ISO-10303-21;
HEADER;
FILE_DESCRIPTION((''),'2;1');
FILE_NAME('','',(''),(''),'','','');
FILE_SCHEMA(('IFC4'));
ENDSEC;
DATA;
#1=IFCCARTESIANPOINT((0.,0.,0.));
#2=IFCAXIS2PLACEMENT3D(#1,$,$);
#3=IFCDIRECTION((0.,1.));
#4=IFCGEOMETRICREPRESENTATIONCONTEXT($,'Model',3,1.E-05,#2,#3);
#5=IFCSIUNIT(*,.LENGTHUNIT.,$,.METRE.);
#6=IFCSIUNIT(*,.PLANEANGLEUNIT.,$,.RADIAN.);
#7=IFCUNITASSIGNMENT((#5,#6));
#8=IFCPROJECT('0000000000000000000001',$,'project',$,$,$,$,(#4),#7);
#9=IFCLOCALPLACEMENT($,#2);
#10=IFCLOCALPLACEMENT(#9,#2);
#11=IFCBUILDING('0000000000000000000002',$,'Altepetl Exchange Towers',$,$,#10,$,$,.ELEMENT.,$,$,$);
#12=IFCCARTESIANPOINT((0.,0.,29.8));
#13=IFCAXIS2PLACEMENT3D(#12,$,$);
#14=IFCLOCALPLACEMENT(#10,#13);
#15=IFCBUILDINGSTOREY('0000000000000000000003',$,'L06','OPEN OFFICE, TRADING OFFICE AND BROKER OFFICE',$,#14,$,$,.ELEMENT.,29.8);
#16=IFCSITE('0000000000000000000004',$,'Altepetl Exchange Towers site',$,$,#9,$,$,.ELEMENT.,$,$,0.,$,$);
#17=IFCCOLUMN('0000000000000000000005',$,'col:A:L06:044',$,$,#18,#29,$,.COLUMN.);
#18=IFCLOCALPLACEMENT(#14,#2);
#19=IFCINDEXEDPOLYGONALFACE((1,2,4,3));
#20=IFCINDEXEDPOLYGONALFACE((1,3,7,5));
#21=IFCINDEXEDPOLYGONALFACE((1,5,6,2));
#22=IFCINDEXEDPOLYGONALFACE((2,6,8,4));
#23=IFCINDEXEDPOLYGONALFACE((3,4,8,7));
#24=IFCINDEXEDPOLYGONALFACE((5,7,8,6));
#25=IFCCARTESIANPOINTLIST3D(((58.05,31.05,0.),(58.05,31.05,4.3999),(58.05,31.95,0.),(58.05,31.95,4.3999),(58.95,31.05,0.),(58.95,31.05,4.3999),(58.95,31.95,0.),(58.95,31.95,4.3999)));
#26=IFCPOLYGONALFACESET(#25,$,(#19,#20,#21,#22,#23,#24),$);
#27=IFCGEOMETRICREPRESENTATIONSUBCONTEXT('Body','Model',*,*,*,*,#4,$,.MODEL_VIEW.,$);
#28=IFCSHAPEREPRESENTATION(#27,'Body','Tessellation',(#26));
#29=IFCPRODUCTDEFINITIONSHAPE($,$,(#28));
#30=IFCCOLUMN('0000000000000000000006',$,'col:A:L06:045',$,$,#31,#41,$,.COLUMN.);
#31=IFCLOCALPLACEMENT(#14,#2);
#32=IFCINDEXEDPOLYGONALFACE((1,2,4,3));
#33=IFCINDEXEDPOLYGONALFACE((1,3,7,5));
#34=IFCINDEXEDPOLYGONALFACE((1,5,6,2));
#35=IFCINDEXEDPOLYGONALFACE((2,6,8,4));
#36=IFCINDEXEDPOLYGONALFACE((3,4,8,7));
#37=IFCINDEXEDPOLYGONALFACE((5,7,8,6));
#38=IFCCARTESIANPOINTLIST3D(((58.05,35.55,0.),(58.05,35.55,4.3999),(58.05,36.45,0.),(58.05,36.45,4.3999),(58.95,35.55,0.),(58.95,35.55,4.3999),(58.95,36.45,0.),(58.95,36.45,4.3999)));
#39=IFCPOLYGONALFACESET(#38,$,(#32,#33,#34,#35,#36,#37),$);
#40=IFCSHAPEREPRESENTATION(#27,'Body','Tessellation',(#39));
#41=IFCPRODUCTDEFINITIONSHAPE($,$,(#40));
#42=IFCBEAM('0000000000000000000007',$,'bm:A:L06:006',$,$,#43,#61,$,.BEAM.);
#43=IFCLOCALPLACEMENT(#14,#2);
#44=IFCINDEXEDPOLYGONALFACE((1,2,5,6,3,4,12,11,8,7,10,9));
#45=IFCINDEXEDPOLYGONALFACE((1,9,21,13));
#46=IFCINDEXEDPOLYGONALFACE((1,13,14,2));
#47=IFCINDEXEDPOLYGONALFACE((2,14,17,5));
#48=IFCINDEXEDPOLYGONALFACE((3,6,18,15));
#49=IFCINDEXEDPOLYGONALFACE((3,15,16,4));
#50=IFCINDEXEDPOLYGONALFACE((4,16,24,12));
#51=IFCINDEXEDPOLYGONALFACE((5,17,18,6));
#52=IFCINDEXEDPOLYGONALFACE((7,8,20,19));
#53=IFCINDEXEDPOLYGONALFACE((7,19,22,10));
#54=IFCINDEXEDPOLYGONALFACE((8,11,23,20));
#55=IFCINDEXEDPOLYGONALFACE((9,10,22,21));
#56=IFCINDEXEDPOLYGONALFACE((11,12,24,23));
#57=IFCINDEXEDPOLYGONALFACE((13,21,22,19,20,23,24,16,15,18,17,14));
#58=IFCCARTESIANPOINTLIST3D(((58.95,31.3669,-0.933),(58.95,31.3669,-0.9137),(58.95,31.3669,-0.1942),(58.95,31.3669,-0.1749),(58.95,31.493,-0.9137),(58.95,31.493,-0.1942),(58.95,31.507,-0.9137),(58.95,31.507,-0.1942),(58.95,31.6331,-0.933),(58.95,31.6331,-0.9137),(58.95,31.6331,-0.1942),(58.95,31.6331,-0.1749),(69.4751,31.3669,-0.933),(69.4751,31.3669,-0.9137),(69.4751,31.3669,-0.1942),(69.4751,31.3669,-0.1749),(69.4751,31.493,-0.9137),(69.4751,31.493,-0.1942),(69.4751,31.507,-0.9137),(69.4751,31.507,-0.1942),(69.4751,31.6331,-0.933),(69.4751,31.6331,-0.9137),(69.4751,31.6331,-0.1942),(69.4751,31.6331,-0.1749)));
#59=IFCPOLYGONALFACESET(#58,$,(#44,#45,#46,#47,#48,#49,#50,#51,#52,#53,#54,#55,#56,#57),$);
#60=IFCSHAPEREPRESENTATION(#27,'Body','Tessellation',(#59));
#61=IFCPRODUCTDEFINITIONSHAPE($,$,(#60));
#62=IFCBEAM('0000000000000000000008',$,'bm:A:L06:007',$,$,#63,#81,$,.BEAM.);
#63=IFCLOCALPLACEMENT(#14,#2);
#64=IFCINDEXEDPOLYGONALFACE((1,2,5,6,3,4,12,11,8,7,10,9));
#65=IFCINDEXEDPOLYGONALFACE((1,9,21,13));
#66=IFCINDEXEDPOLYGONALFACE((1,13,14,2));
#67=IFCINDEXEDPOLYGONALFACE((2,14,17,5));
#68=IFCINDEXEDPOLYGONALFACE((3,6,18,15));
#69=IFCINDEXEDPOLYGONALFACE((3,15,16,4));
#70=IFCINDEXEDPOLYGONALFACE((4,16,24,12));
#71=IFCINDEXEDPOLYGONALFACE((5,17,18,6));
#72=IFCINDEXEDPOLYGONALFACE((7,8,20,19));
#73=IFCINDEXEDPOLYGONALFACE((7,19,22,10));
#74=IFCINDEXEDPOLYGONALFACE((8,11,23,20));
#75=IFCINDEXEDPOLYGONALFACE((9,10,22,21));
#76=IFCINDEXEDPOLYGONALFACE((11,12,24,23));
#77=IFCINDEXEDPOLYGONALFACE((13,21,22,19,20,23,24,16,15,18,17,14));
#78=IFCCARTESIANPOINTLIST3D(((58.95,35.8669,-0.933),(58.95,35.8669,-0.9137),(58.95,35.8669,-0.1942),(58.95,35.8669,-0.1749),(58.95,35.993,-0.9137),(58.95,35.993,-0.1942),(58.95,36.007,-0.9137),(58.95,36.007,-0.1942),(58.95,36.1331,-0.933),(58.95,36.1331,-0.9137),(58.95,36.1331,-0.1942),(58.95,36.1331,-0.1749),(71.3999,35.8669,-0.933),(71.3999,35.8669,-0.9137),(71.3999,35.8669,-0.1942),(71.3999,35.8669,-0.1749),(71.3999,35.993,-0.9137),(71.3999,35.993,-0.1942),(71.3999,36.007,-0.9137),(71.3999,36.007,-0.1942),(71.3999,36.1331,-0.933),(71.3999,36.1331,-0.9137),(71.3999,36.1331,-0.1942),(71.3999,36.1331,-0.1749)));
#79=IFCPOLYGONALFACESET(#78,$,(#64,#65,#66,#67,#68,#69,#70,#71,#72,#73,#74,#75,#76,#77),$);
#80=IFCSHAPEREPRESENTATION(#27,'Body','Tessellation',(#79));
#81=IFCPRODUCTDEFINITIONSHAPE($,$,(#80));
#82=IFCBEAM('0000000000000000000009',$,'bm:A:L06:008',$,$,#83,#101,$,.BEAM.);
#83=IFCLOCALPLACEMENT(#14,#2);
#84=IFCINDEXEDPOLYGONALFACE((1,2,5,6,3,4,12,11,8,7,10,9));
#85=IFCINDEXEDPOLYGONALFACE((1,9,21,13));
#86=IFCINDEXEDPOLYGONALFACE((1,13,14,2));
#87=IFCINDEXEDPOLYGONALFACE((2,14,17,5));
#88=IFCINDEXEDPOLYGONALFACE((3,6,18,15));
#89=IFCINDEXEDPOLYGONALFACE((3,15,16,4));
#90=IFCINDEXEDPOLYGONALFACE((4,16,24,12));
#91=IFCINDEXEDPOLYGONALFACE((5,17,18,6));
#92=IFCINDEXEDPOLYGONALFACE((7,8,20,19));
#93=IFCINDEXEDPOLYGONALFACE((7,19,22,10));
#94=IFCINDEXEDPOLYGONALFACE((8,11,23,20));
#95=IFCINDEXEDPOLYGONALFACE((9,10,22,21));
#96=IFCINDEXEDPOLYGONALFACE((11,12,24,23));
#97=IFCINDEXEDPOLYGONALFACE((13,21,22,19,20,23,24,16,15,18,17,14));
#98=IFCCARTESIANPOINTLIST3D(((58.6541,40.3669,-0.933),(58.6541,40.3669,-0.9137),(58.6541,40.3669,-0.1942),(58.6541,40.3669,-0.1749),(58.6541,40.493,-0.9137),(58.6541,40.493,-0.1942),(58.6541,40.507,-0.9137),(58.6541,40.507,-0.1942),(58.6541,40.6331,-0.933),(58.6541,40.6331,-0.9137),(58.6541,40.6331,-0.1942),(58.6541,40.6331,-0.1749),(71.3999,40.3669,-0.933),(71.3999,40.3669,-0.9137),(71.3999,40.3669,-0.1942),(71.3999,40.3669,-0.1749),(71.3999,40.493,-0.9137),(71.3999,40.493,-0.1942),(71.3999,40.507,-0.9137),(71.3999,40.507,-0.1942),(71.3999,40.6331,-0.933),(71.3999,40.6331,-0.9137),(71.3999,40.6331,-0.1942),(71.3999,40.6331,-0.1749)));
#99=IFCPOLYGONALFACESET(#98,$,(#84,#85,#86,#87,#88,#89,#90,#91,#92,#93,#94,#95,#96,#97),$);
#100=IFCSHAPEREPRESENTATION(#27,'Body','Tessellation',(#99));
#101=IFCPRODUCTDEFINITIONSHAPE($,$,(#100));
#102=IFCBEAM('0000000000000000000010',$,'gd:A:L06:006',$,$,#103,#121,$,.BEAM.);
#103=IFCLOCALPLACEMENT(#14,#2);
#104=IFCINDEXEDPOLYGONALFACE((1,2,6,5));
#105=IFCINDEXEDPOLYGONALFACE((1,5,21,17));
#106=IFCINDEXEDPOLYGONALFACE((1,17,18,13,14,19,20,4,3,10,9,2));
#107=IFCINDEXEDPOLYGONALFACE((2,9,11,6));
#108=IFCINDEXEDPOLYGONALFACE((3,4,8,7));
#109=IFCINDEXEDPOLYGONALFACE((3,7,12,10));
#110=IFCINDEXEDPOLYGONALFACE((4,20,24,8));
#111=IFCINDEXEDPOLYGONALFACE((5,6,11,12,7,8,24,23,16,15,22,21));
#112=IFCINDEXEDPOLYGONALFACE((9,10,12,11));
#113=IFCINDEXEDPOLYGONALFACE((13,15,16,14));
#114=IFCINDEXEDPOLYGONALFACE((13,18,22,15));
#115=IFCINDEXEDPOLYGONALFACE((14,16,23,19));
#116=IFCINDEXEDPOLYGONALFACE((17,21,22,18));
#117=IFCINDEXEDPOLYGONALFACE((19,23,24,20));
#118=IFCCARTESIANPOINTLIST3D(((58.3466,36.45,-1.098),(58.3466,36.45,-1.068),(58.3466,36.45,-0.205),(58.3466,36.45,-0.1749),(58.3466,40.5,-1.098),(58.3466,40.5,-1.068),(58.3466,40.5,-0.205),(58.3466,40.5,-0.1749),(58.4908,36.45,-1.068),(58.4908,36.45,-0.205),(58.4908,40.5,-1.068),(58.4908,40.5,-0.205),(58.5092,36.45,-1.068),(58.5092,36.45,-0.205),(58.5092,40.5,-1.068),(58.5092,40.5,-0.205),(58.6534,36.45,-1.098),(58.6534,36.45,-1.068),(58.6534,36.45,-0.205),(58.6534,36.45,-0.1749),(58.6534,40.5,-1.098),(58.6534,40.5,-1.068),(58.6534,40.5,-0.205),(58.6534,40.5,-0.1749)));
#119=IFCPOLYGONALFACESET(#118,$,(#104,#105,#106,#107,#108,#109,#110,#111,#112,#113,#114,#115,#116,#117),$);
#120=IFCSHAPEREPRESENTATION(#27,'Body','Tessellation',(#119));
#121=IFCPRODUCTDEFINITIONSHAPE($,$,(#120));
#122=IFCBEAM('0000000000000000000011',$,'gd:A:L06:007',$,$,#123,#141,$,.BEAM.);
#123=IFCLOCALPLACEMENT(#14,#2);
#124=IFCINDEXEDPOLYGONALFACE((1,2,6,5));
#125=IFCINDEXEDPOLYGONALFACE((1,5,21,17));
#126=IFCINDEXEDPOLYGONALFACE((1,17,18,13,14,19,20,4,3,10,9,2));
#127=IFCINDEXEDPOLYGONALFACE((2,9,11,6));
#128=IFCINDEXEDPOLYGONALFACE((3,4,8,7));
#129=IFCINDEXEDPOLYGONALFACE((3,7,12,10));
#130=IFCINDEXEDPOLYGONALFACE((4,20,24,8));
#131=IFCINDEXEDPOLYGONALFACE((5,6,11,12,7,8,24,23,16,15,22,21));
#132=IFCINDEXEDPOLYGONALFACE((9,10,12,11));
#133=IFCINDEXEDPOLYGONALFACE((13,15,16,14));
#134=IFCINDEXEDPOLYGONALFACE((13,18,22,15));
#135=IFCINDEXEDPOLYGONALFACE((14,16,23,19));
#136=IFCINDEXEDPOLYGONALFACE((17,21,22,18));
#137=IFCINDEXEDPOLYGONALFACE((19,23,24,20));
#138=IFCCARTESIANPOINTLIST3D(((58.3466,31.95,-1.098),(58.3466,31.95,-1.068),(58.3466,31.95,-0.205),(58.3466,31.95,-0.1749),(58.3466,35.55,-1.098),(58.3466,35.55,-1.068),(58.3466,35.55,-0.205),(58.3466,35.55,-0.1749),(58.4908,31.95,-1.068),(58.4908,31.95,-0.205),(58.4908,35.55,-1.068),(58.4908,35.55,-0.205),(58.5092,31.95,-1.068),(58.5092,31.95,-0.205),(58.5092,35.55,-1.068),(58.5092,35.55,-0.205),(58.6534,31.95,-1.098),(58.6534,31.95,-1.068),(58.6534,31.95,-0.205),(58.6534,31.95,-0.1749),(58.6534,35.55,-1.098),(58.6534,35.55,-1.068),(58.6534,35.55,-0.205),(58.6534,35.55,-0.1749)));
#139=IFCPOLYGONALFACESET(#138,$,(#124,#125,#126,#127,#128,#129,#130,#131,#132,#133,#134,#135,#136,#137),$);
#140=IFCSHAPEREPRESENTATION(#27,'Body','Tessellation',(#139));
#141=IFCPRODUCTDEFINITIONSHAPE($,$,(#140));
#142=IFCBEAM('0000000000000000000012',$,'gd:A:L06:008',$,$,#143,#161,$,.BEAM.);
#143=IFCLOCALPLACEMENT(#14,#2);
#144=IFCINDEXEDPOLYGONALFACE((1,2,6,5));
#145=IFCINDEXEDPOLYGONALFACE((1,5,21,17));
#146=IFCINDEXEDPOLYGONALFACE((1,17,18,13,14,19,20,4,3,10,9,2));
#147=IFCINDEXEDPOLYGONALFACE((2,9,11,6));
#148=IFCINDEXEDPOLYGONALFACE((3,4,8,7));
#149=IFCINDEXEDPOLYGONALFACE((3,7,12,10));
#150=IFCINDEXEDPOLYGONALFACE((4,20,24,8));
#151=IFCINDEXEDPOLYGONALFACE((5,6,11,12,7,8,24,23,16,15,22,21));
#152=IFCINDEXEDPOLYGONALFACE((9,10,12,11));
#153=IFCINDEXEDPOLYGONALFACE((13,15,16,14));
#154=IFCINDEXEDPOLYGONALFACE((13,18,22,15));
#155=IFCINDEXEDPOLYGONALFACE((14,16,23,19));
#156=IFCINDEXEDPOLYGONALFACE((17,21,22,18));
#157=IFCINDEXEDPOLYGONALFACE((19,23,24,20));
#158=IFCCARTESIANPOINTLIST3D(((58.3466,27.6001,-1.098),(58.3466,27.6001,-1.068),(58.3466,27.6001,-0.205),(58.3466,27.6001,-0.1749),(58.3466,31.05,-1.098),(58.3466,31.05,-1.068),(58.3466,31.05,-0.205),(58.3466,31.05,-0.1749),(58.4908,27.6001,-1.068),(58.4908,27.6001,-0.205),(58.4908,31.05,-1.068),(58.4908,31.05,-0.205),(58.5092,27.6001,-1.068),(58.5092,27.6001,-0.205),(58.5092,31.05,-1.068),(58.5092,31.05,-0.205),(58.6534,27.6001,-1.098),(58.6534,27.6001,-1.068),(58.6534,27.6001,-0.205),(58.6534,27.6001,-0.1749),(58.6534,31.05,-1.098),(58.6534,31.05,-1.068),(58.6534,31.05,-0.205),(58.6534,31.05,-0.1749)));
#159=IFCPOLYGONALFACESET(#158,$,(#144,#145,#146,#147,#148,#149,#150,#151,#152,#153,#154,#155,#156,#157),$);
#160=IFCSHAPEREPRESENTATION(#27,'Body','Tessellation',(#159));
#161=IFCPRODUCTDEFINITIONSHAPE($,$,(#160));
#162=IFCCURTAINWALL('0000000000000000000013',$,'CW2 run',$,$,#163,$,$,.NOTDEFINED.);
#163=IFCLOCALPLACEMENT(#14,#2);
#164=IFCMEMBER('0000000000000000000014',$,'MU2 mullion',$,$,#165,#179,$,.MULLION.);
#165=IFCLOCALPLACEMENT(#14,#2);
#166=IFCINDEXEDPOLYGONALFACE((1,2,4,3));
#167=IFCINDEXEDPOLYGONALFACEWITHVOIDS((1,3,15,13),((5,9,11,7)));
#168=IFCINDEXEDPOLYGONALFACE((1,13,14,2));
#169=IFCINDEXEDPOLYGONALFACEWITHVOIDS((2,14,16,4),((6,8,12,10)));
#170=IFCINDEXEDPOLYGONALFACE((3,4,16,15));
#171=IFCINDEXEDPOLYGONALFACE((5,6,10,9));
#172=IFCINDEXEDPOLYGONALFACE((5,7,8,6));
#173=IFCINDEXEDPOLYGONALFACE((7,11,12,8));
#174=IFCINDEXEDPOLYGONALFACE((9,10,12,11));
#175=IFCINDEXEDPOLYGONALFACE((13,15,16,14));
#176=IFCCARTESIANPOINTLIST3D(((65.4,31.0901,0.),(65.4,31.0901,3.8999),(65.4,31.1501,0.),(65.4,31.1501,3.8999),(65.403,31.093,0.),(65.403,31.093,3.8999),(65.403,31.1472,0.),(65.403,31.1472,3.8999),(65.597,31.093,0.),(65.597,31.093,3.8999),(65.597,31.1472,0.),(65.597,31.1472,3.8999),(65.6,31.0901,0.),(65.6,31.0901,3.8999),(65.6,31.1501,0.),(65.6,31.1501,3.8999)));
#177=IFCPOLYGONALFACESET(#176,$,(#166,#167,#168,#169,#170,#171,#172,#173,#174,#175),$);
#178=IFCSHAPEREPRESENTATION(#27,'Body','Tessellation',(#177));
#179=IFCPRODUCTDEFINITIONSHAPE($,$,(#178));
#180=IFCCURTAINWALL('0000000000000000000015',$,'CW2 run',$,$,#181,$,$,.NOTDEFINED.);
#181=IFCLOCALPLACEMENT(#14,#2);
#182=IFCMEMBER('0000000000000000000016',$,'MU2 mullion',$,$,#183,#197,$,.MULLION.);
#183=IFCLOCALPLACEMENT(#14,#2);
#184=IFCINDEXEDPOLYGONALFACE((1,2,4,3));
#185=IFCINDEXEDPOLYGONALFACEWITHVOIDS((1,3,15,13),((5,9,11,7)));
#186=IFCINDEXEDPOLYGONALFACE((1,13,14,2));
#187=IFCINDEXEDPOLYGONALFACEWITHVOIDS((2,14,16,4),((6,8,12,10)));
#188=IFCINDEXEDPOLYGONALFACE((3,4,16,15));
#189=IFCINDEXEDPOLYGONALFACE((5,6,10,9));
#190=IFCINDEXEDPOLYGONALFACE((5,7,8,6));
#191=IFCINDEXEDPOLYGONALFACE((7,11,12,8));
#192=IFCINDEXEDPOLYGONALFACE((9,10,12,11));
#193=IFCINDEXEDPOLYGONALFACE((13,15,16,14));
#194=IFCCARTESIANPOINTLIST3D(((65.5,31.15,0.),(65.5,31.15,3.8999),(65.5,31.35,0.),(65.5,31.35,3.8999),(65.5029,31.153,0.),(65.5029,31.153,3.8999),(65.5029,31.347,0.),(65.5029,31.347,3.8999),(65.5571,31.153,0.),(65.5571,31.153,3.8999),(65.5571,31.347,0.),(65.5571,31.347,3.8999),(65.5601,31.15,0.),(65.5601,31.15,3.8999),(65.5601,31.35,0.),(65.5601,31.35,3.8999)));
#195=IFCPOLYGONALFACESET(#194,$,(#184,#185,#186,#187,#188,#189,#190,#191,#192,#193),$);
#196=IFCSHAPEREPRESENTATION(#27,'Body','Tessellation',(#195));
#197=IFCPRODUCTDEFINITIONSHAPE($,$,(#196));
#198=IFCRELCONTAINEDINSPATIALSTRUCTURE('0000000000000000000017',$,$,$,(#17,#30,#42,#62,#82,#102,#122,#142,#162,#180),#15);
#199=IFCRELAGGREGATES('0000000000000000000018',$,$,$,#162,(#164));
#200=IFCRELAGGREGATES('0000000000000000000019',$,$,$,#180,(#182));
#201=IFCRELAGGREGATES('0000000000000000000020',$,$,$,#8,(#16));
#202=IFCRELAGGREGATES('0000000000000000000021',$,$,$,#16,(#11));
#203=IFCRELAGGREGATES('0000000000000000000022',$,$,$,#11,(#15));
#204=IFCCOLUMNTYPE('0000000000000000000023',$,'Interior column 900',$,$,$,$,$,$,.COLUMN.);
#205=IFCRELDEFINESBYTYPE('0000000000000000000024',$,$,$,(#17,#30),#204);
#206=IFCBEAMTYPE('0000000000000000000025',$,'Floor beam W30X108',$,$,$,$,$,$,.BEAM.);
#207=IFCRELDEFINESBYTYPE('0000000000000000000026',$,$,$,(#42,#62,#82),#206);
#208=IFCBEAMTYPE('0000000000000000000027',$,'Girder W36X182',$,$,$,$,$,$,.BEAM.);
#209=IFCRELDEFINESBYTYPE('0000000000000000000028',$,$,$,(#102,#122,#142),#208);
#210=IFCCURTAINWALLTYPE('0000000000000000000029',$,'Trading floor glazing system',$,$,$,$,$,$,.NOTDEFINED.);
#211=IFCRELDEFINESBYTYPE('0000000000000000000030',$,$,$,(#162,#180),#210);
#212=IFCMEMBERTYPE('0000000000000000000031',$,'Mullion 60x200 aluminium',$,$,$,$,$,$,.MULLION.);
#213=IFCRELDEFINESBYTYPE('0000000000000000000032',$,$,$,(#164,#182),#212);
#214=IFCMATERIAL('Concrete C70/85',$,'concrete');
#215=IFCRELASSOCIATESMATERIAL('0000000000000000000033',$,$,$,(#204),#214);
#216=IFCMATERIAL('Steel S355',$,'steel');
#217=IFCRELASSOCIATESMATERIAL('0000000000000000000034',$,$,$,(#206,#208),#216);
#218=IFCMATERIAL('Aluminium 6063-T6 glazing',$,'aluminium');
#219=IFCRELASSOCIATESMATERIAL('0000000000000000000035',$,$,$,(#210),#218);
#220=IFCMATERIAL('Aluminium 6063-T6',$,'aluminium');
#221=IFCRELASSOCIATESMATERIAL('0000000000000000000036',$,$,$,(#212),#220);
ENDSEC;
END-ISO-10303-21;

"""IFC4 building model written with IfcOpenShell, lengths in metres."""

from ifc_helpers import new_model, si_unit, direction, frame, origin, origin_2d, place, context, subcontext, project, spatial, rectangle, hollow_rectangle, i_section, extrude, material, material_profile, profile_set, type_object, element, aggregate, save


model = new_model("IFC4")

# Units and contexts
model_context = context("Model", 3, precision=1e-05, world=origin(), true_north=direction((0.0, 1.0)))
body_context = subcontext(model_context, "Body", "Model", "MODEL_VIEW")
ifc_project = project(units=[si_unit("LENGTHUNIT", "METRE"), si_unit("PLANEANGLEUNIT", "RADIAN")], contexts=[model_context])

# Site, building, storey
site_placement = place(None, origin())
site = spatial("IfcSite", under=ifc_project, at=site_placement, Name="Altepetl Exchange Towers site", CompositionType="ELEMENT", RefElevation=0.0)
building_placement = place(site_placement, origin())
building = spatial("IfcBuilding", under=site, at=building_placement, Name="Altepetl Exchange Towers", CompositionType="ELEMENT")
storey_placement = place(building_placement, frame((0.0, 0.0, 29.8)))
storey = spatial("IfcBuildingStorey", under=building, at=storey_placement, Name="L06", Description="OPEN OFFICE, TRADING OFFICE AND BROKER OFFICE", CompositionType="ELEMENT", Elevation=29.8)

# Columns
ifc_material_1 = material(Name="Concrete C70/85", Category="concrete")
ifc_material_profile_1 = material_profile(ifc_material_1, rectangle(XDim=0.8999, YDim=0.8999, at=origin_2d()), Name="900 x 900")
ifc_profile_set_1 = profile_set([ifc_material_profile_1], Name="Concrete C70/85")
column_type = type_object("IfcColumnType", Name="Interior column 900", PredefinedType="COLUMN", material=ifc_profile_set_1)
for number, where, name in (
    (1, (58.5, 31.5, 0.0), "col:A:L06:044"),
    (2, (58.5, 36.0, 0.0), "col:A:L06:045"),
):
    element("IfcColumn", number, at=place(storey_placement, frame(where)), inside=storey, type_object=column_type, Name=name, PredefinedType="COLUMN", context=body_context, shape_type="SweptSolid", body=[
        extrude(rectangle(XDim=0.8999, YDim=0.8999, at=origin_2d()), origin(), (0.0, 0.0, 1.0), 4.3999),
    ])

# Beams
ifc_material_2 = material(Name="Steel S355", Category="steel")
ifc_material_profile_2 = material_profile(ifc_material_2, i_section(OverallWidth=0.2661, OverallDepth=0.7581, WebThickness=0.0139, FlangeThickness=0.0193, at=origin_2d()), Name="W30X108")
ifc_profile_set_2 = profile_set([ifc_material_profile_2], Name="Steel S355")
beam_type_1 = type_object("IfcBeamType", Name="Floor beam W30X108", PredefinedType="BEAM", material=ifc_profile_set_2)
beam_1_placement = place(storey_placement, frame((58.95, 31.5, -0.554), z_axis=(1.0, 0.0, 0.0), x_axis=(0.0, 1.0, 0.0)))
element("IfcBeam", 3, at=beam_1_placement, inside=storey, type_object=beam_type_1, Name="bm:A:L06:006", PredefinedType="BEAM", context=body_context, shape_type="SweptSolid", body=[
    extrude(i_section(OverallWidth=0.2661, OverallDepth=0.7581, WebThickness=0.0139, FlangeThickness=0.0193, at=origin_2d()), origin(), (0.0, 0.0, 1.0), 10.5251),
])
beam_2_placement = place(storey_placement, frame((58.95, 36.0, -0.554), z_axis=(1.0, 0.0, 0.0), x_axis=(0.0, 1.0, 0.0)))
element("IfcBeam", 4, at=beam_2_placement, inside=storey, type_object=beam_type_1, Name="bm:A:L06:007", PredefinedType="BEAM", context=body_context, shape_type="SweptSolid", body=[
    extrude(i_section(OverallWidth=0.2661, OverallDepth=0.7581, WebThickness=0.0139, FlangeThickness=0.0193, at=origin_2d()), origin(), (0.0, 0.0, 1.0), 12.45),
])
beam_3_placement = place(storey_placement, frame((58.6541, 40.5, -0.554), z_axis=(1.0, 0.0, 0.0), x_axis=(0.0, 1.0, 0.0)))
element("IfcBeam", 5, at=beam_3_placement, inside=storey, type_object=beam_type_1, Name="bm:A:L06:008", PredefinedType="BEAM", context=body_context, shape_type="SweptSolid", body=[
    extrude(i_section(OverallWidth=0.2661, OverallDepth=0.7581, WebThickness=0.0139, FlangeThickness=0.0193, at=origin_2d()), origin(), (0.0, 0.0, 1.0), 12.7458),
])
ifc_material_profile_3 = material_profile(ifc_material_2, i_section(OverallWidth=0.3069, OverallDepth=0.9231, WebThickness=0.0183, FlangeThickness=0.03, at=origin_2d()), Name="W36X182")
ifc_profile_set_3 = profile_set([ifc_material_profile_3], Name="Steel S355")
beam_type_2 = type_object("IfcBeamType", Name="Girder W36X182", PredefinedType="BEAM", material=ifc_profile_set_3)
beam_4_placement = place(storey_placement, frame((58.5, 40.5, -0.6365), z_axis=(0.0, -1.0, 0.0), x_axis=(1.0, 0.0, 0.0)))
element("IfcBeam", 6, at=beam_4_placement, inside=storey, type_object=beam_type_2, Name="gd:A:L06:006", PredefinedType="BEAM", context=body_context, shape_type="SweptSolid", body=[
    extrude(i_section(OverallWidth=0.3069, OverallDepth=0.9231, WebThickness=0.0183, FlangeThickness=0.03, at=origin_2d()), origin(), (0.0, 0.0, 1.0), 4.05),
])
beam_5_placement = place(storey_placement, frame((58.5, 35.55, -0.6365), z_axis=(0.0, -1.0, 0.0), x_axis=(1.0, 0.0, 0.0)))
element("IfcBeam", 7, at=beam_5_placement, inside=storey, type_object=beam_type_2, Name="gd:A:L06:007", PredefinedType="BEAM", context=body_context, shape_type="SweptSolid", body=[
    extrude(i_section(OverallWidth=0.3069, OverallDepth=0.9231, WebThickness=0.0183, FlangeThickness=0.03, at=origin_2d()), origin(), (0.0, 0.0, 1.0), 3.6001),
])
beam_6_placement = place(storey_placement, frame((58.5, 31.05, -0.6365), z_axis=(0.0, -1.0, 0.0), x_axis=(1.0, 0.0, 0.0)))
element("IfcBeam", 8, at=beam_6_placement, inside=storey, type_object=beam_type_2, Name="gd:A:L06:008", PredefinedType="BEAM", context=body_context, shape_type="SweptSolid", body=[
    extrude(i_section(OverallWidth=0.3069, OverallDepth=0.9231, WebThickness=0.0183, FlangeThickness=0.03, at=origin_2d()), origin(), (0.0, 0.0, 1.0), 3.45),
])

# Curtain walls, members
ifc_material_3 = material(Name="Aluminium 6063-T6 glazing", Category="aluminium")
curtain_wall_type = type_object("IfcCurtainWallType", Name="Trading floor glazing system", PredefinedType="NOTDEFINED", material=ifc_material_3)
curtain_wall_1_placement = place(storey_placement, origin())
curtain_wall_1 = element("IfcCurtainWall", 9, at=curtain_wall_1_placement, inside=storey, type_object=curtain_wall_type, Name="CW2 run", PredefinedType="NOTDEFINED")
ifc_material_4 = material(Name="Aluminium 6063-T6", Category="aluminium")
ifc_material_profile_4 = material_profile(ifc_material_4, hollow_rectangle(XDim=0.0601, YDim=0.2, WallThickness=0.0029, at=origin_2d()), Name="Mullion 60x200 aluminium")
ifc_profile_set_4 = profile_set([ifc_material_profile_4], Name="Aluminium 6063-T6")
member_type = type_object("IfcMemberType", Name="Mullion 60x200 aluminium", PredefinedType="MULLION", material=ifc_profile_set_4)
member_1_placement = place(storey_placement, frame((65.5, 31.1201, 0.0), z_axis=(0.0, 0.0, 1.0), x_axis=(0.0, 1.0, 0.0)))
member_1 = element("IfcMember", 10, at=member_1_placement, type_object=member_type, Name="MU2 mullion", PredefinedType="MULLION", context=body_context, shape_type="SweptSolid", body=[
    extrude(hollow_rectangle(XDim=0.0601, YDim=0.2, WallThickness=0.0029, at=origin_2d()), origin(), (0.0, 0.0, 1.0), 3.8999),
])
curtain_wall_2_placement = place(storey_placement, origin())
curtain_wall_2 = element("IfcCurtainWall", 11, at=curtain_wall_2_placement, inside=storey, type_object=curtain_wall_type, Name="CW2 run", PredefinedType="NOTDEFINED")
member_2_placement = place(storey_placement, frame((65.53, 31.25, 0.0)))
member_2 = element("IfcMember", 12, at=member_2_placement, type_object=member_type, Name="MU2 mullion", PredefinedType="MULLION", context=body_context, shape_type="SweptSolid", body=[
    extrude(hollow_rectangle(XDim=0.0601, YDim=0.2, WallThickness=0.0029, at=origin_2d()), origin(), (0.0, 0.0, 1.0), 3.8999),
])

aggregate(curtain_wall_1, [member_1])
aggregate(curtain_wall_2, [member_2])

save(model, "model.ifc")
